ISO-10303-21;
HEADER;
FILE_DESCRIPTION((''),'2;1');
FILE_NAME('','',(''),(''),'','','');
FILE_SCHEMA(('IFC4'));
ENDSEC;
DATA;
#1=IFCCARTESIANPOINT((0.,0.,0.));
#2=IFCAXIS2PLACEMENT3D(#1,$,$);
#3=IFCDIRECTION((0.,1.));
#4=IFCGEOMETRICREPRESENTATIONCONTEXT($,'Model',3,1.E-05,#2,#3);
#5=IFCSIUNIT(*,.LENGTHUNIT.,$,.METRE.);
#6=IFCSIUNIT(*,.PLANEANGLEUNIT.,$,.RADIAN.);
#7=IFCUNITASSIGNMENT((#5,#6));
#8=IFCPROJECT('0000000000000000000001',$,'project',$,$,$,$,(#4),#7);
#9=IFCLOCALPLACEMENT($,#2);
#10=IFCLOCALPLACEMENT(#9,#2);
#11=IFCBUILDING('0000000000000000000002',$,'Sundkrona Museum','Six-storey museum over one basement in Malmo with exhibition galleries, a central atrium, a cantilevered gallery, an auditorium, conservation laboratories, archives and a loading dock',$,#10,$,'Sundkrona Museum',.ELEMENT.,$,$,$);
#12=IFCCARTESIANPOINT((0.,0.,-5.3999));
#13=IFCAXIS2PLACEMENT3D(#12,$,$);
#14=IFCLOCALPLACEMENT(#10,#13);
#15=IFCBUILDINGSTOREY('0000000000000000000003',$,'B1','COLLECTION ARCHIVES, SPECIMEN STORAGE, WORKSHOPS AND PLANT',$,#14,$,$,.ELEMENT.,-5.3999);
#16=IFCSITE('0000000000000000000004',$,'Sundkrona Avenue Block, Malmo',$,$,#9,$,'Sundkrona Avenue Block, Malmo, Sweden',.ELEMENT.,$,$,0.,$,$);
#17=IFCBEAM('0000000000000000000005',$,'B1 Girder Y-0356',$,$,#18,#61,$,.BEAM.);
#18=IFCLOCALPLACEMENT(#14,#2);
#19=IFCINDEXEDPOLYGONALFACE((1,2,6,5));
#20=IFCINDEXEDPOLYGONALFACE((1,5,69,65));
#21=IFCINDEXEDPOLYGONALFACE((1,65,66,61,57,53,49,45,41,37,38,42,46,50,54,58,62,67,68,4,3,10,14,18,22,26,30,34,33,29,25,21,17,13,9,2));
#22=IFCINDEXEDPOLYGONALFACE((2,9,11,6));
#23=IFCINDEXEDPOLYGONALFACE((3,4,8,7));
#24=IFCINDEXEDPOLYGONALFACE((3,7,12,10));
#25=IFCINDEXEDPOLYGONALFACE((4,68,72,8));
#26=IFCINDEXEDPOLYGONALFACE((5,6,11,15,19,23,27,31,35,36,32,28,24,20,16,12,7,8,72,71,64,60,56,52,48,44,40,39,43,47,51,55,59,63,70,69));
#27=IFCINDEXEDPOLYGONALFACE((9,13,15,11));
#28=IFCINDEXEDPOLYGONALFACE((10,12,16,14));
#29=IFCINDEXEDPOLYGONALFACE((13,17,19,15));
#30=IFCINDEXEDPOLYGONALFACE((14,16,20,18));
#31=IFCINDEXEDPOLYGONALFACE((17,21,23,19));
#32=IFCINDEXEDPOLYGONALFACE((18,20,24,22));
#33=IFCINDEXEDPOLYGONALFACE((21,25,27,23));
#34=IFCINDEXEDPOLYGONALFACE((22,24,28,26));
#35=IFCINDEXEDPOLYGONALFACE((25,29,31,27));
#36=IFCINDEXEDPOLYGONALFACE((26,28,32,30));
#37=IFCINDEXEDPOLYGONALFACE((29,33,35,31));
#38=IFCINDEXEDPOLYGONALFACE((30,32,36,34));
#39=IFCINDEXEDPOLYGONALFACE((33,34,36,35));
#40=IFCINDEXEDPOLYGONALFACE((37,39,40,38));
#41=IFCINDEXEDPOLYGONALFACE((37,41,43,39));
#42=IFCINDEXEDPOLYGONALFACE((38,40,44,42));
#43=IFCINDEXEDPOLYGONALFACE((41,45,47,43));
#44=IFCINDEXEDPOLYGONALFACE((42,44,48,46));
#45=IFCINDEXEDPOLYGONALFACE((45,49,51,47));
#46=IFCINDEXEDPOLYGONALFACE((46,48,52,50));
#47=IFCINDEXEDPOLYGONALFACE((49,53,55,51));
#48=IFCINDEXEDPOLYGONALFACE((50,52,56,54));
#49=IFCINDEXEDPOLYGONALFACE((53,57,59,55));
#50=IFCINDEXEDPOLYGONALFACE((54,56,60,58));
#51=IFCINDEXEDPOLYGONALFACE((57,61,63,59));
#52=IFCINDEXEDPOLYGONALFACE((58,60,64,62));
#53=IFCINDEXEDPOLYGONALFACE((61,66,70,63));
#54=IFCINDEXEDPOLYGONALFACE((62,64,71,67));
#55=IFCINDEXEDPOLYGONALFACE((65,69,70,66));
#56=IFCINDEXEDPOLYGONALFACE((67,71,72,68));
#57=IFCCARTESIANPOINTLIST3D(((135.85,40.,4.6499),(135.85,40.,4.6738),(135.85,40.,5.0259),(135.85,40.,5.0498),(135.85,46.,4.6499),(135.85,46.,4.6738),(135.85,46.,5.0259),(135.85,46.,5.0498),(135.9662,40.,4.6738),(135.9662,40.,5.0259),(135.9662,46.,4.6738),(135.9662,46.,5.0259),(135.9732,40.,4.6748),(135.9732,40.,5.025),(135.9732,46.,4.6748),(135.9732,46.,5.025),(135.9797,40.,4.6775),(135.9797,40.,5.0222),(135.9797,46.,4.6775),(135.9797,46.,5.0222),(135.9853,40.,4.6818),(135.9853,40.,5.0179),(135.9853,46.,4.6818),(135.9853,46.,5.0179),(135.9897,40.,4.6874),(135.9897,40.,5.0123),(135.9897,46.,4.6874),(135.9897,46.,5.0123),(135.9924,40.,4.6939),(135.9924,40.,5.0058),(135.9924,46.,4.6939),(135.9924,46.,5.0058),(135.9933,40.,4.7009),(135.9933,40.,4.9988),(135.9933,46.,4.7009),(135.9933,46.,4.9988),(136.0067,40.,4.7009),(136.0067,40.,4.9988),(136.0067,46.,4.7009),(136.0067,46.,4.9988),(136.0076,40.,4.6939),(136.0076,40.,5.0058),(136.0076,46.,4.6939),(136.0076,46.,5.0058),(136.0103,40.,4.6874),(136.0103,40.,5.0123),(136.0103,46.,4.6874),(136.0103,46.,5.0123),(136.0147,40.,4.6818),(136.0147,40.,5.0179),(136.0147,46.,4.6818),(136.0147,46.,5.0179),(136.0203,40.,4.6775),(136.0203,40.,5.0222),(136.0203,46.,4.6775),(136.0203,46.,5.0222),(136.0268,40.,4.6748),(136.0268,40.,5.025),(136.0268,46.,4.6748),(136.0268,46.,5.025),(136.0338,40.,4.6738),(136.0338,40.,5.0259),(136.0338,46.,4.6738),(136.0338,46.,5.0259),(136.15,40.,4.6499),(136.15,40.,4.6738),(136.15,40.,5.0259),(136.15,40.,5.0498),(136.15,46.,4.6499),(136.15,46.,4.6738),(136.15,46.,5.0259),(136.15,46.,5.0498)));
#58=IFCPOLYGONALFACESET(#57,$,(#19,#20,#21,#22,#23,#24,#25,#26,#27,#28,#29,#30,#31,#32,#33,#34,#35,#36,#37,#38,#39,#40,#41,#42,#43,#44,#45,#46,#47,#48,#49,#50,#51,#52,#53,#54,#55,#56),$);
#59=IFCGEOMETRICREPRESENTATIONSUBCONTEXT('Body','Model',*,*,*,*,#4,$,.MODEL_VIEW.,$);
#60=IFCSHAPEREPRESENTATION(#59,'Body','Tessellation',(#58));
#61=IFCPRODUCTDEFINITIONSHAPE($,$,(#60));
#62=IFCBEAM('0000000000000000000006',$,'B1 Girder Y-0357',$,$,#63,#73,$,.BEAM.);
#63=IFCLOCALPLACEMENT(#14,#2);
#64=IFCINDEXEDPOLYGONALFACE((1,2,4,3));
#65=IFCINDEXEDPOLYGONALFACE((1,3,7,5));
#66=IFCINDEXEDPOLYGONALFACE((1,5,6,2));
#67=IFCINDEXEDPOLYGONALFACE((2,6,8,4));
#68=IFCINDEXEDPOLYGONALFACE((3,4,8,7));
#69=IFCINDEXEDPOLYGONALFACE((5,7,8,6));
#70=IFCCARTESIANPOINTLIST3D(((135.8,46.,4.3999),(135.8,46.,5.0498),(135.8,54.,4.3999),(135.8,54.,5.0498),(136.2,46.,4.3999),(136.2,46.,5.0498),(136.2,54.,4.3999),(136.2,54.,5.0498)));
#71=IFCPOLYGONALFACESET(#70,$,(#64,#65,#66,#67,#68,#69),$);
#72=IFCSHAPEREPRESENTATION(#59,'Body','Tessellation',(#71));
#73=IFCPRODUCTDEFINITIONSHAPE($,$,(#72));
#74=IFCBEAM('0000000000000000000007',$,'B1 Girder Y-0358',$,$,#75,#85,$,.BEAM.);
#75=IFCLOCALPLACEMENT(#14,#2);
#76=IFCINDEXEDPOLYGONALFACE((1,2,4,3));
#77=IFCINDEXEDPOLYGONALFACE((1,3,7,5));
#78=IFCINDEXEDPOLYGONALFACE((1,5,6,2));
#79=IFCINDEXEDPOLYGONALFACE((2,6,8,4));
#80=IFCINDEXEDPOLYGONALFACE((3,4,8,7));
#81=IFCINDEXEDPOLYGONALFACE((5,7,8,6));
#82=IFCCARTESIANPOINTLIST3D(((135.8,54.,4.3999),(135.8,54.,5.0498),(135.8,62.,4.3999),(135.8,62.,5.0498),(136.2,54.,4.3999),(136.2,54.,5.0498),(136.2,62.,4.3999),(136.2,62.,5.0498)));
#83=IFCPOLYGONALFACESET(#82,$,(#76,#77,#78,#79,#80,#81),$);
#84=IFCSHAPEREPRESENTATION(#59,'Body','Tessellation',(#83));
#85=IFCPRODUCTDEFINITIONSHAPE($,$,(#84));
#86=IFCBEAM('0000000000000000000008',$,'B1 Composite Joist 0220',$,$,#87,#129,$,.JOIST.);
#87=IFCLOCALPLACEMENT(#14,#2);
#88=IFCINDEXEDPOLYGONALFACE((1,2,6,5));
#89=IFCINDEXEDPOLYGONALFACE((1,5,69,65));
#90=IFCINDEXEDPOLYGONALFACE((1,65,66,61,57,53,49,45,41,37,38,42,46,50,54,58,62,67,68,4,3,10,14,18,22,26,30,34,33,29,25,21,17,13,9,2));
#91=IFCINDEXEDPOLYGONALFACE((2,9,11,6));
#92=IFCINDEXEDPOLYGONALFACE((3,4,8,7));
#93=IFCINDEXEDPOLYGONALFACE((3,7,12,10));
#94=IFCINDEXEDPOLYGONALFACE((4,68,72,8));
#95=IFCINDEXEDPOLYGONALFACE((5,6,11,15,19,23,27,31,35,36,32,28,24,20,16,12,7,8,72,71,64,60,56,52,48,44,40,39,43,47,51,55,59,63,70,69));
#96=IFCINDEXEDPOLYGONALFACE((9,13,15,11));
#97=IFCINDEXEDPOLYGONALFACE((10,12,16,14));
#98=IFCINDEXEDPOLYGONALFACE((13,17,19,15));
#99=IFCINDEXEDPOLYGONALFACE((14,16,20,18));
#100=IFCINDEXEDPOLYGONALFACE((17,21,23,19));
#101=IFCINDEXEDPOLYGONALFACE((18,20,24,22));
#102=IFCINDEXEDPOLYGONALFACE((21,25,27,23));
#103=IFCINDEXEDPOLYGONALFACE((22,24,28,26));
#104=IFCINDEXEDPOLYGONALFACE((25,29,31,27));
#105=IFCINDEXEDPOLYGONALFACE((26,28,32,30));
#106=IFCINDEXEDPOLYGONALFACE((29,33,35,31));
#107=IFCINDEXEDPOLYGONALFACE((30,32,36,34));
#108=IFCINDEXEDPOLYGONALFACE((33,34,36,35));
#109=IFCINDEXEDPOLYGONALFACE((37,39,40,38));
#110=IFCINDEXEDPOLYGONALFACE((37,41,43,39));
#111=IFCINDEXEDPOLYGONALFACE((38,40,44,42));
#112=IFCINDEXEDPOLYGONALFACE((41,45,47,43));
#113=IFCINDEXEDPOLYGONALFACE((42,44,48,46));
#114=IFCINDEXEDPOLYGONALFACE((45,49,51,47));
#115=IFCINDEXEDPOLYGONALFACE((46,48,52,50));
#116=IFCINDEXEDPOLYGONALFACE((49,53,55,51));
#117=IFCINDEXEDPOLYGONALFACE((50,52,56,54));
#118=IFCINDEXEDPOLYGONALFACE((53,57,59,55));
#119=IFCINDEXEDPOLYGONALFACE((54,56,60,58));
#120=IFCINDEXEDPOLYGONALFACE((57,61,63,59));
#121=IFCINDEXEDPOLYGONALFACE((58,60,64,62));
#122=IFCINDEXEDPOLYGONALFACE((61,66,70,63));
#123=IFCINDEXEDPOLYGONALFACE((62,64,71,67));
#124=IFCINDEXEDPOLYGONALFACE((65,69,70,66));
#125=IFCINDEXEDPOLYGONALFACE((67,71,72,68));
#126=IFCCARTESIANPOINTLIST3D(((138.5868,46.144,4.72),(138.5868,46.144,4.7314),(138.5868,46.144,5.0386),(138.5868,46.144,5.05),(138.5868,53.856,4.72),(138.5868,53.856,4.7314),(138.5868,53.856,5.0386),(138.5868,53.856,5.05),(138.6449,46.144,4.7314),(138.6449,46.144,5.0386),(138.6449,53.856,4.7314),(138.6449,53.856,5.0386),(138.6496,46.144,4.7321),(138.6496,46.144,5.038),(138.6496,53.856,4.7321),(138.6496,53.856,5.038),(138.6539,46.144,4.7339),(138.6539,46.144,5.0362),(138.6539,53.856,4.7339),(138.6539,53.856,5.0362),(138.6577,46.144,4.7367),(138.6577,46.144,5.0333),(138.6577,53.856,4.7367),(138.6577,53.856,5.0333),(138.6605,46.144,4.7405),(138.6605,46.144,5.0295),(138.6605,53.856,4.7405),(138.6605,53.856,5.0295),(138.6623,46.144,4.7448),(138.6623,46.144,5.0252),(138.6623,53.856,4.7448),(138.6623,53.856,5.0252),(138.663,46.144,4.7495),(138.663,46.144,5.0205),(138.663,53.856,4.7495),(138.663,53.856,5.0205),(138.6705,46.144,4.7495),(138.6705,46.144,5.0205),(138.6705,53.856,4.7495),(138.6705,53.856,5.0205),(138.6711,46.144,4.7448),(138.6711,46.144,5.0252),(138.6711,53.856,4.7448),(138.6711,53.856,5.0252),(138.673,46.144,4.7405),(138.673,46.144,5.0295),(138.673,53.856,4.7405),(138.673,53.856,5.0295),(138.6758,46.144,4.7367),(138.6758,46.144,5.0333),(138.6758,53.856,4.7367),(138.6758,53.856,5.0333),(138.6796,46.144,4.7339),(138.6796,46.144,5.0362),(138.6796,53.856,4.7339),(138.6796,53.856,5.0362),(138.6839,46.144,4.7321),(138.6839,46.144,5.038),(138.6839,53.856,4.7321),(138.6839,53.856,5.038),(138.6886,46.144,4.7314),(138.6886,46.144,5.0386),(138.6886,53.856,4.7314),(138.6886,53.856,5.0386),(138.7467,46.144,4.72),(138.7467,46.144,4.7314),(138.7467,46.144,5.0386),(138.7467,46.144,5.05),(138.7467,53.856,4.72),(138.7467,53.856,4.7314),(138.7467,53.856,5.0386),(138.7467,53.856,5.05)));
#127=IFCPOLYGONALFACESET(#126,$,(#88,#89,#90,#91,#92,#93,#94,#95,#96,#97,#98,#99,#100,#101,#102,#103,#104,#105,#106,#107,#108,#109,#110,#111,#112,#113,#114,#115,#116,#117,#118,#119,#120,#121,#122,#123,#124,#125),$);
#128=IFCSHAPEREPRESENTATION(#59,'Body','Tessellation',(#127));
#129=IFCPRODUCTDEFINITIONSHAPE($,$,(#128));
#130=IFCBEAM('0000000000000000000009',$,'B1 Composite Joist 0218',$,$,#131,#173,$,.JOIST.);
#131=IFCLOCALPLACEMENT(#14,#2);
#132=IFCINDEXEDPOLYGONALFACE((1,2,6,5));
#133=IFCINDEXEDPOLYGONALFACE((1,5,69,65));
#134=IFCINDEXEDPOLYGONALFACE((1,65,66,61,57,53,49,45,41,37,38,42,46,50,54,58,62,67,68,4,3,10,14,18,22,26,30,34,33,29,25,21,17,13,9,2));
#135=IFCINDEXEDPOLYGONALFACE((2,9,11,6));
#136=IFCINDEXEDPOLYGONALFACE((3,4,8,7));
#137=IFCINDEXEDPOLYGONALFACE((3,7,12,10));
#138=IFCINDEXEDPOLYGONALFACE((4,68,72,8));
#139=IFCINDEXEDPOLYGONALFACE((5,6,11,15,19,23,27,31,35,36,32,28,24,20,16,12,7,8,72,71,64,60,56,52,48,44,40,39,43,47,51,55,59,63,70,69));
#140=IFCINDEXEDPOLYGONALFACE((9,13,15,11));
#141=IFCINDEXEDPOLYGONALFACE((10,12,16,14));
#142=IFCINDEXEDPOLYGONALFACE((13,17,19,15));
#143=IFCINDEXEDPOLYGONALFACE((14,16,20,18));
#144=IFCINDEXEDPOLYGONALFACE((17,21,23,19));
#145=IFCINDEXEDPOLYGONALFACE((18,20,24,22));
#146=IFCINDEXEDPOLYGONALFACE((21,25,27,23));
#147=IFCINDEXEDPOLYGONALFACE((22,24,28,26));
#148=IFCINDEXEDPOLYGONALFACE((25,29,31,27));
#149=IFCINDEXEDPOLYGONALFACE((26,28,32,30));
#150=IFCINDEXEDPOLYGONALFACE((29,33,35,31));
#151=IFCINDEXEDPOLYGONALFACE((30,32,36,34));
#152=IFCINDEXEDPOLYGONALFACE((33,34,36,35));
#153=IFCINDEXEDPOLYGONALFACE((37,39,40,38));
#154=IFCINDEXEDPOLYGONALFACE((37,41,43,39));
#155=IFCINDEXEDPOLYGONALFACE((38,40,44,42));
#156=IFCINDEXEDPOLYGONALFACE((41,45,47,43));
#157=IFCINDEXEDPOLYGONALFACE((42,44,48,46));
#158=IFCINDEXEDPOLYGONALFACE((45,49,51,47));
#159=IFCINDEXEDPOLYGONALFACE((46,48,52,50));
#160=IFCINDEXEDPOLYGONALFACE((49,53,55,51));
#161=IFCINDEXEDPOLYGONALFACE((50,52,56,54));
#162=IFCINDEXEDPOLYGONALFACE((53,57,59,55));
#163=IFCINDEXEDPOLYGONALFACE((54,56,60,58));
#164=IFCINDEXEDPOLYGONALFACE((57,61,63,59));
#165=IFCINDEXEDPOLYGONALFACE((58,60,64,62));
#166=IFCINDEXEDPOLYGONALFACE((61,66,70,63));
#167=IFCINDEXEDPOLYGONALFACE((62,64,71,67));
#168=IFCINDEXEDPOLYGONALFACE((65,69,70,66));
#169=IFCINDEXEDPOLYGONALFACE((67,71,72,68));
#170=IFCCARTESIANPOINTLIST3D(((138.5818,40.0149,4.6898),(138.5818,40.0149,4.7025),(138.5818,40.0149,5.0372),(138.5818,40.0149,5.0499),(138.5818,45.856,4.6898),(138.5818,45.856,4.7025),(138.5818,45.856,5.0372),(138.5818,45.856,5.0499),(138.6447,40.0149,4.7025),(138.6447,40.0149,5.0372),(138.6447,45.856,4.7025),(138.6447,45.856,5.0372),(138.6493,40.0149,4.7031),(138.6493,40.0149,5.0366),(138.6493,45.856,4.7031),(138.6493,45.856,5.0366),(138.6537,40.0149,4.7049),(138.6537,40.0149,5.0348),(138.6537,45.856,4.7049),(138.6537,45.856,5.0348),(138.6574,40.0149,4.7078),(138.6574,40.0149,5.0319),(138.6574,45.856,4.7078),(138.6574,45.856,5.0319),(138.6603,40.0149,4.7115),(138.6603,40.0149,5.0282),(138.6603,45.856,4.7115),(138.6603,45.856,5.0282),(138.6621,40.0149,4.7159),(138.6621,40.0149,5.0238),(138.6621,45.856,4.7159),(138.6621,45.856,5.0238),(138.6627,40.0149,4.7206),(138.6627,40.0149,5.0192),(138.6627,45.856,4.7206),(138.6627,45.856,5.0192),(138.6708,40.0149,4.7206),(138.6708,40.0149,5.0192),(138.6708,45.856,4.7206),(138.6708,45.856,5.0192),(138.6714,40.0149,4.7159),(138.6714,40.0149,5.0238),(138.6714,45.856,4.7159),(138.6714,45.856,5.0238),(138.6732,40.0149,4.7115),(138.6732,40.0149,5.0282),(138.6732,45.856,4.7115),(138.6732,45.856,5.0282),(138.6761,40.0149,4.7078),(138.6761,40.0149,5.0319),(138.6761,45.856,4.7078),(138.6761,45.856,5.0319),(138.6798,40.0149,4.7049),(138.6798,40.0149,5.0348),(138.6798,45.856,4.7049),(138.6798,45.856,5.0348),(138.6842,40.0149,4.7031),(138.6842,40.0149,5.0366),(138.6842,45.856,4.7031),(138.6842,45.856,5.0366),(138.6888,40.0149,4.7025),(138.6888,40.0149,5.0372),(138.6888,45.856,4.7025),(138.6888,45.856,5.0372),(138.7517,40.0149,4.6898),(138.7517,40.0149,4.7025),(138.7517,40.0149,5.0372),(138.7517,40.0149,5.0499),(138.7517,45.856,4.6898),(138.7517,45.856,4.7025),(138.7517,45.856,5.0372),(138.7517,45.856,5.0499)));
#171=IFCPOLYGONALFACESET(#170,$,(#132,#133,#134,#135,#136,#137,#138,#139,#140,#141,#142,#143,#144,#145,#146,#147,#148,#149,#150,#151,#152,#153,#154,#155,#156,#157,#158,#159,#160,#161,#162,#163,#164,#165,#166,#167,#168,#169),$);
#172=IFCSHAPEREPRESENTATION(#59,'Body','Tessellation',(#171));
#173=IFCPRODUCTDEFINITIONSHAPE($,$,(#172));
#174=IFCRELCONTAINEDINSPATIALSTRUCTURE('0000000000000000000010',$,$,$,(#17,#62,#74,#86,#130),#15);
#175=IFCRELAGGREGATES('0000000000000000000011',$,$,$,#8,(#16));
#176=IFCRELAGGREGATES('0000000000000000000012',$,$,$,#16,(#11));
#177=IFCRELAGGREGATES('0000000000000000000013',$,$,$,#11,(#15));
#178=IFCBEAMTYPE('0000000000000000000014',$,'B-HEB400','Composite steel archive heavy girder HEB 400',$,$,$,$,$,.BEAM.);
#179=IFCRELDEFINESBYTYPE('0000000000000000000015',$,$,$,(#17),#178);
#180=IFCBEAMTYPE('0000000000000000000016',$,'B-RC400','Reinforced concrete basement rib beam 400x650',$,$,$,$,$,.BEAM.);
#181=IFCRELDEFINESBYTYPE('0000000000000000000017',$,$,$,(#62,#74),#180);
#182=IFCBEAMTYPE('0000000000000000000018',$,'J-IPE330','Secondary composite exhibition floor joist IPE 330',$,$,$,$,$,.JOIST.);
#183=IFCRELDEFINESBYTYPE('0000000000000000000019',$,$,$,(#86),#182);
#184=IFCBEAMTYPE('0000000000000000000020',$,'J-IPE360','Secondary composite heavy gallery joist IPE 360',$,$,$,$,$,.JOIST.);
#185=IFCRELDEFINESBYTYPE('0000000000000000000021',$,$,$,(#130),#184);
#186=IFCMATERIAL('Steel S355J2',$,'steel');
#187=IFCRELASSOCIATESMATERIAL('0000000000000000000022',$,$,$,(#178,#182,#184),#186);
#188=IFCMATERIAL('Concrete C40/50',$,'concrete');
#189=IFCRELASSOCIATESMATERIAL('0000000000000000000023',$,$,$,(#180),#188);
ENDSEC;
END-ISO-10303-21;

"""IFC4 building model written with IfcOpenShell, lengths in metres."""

from ifc_helpers import new_model, si_unit, direction, frame, origin, origin_2d, place, context, subcontext, project, spatial, rectangle, i_section, extrude, material, material_profile, profile_set, type_object, element, save


model = new_model("IFC4")

# Units and contexts
model_context = context("Model", 3, precision=1e-05, world=origin(), true_north=direction((0.0, 1.0)))
body_context = subcontext(model_context, "Body", "Model", "MODEL_VIEW")
ifc_project = project(units=[si_unit("LENGTHUNIT", "METRE"), si_unit("PLANEANGLEUNIT", "RADIAN")], contexts=[model_context])

# Site, building, storey
site_placement = place(None, origin())
site = spatial("IfcSite", under=ifc_project, at=site_placement, Name="Sundkrona Avenue Block, Malmo", LongName="Sundkrona Avenue Block, Malmo, Sweden", CompositionType="ELEMENT", RefElevation=0.0)
building_placement = place(site_placement, origin())
building = spatial("IfcBuilding", under=site, at=building_placement, Name="Sundkrona Museum", Description="Six-storey museum over one basement in Malmo with exhibition galleries, a central atrium, a cantilevered gallery, an auditorium, conservation laboratories, archives and a loading dock", LongName="Sundkrona Museum", CompositionType="ELEMENT")
storey_placement = place(building_placement, frame((0.0, 0.0, -5.3999)))
storey = spatial("IfcBuildingStorey", under=building, at=storey_placement, Name="B1", Description="COLLECTION ARCHIVES, SPECIMEN STORAGE, WORKSHOPS AND PLANT", CompositionType="ELEMENT", Elevation=-5.3999)

# Shared definitions
ifc_material_1 = material(Name="Concrete C40/50", Category="concrete")

# Beams
ifc_material_2 = material(Name="Steel S355J2", Category="steel")
ifc_material_profile_1 = material_profile(ifc_material_2, i_section(OverallWidth=0.3, OverallDepth=0.3999, WebThickness=0.0134, FlangeThickness=0.0239, FilletRadius=0.0271, at=origin_2d()), Name="HEB 400")
ifc_profile_set_1 = profile_set([ifc_material_profile_1], Name="Steel S355J2")
beam_type_1 = type_object("IfcBeamType", Name="B-HEB400", Description="Composite steel archive heavy girder HEB 400", PredefinedType="BEAM", material=ifc_profile_set_1)
beam_1_placement = place(storey_placement, frame((136.0, 40.0, 4.8499), z_axis=(0.0, 1.0, 0.0), x_axis=(-1.0, 0.0, 0.0)))
element("IfcBeam", 1, at=beam_1_placement, inside=storey, type_object=beam_type_1, Name="B1 Girder Y-0356", PredefinedType="BEAM", context=body_context, shape_type="SweptSolid", body=[
    extrude(i_section(OverallWidth=0.3, OverallDepth=0.3999, WebThickness=0.0134, FlangeThickness=0.0239, FilletRadius=0.0271, at=origin_2d()), origin(), (0.0, 0.0, 1.0), 6.0),
])
ifc_material_profile_2 = material_profile(ifc_material_1, rectangle(XDim=0.3999, YDim=0.6499, at=origin_2d()), Name="RCB 400x650")
ifc_profile_set_2 = profile_set([ifc_material_profile_2], Name="Concrete C40/50")
beam_type_2 = type_object("IfcBeamType", Name="B-RC400", Description="Reinforced concrete basement rib beam 400x650", PredefinedType="BEAM", material=ifc_profile_set_2)
for number, where, z_axis, x_axis, name in (
    (2, (136.0, 46.0, 4.7249), (0.0, 1.0, 0.0), (-1.0, 0.0, 0.0), "B1 Girder Y-0357"),
    (3, (136.0, 54.0, 4.7249), (0.0, 1.0, 0.0), (-1.0, 0.0, 0.0), "B1 Girder Y-0358"),
):
    element("IfcBeam", number, at=place(storey_placement, frame(where, z_axis=z_axis, x_axis=x_axis)), inside=storey, type_object=beam_type_2, Name=name, PredefinedType="BEAM", context=body_context, shape_type="SweptSolid", body=[
        extrude(rectangle(XDim=0.3999, YDim=0.6499, at=origin_2d()), origin(), (0.0, 0.0, 1.0), 8.0),
    ])
ifc_material_profile_3 = material_profile(ifc_material_2, i_section(OverallWidth=0.1599, OverallDepth=0.3301, WebThickness=0.0076, FlangeThickness=0.0115, FilletRadius=0.0181, at=origin_2d()), Name="IPE 330")
ifc_profile_set_3 = profile_set([ifc_material_profile_3], Name="Steel S355J2")
beam_type_3 = type_object("IfcBeamType", Name="J-IPE330", Description="Secondary composite exhibition floor joist IPE 330", PredefinedType="JOIST", material=ifc_profile_set_3)
beam_2_placement = place(storey_placement, frame((138.6667, 46.144, 4.885), z_axis=(0.0, 1.0, 0.0), x_axis=(-1.0, 0.0, 0.0)))
element("IfcBeam", 4, at=beam_2_placement, inside=storey, type_object=beam_type_3, Name="B1 Composite Joist 0220", PredefinedType="JOIST", context=body_context, shape_type="SweptSolid", body=[
    extrude(i_section(OverallWidth=0.1599, OverallDepth=0.3301, WebThickness=0.0076, FlangeThickness=0.0115, FilletRadius=0.0181, at=origin_2d()), origin(), (0.0, 0.0, 1.0), 7.7119),
])
ifc_material_profile_4 = material_profile(ifc_material_2, i_section(OverallWidth=0.1699, OverallDepth=0.3601, WebThickness=0.0081, FlangeThickness=0.0127, FilletRadius=0.0181, at=origin_2d()), Name="IPE 360")
ifc_profile_set_4 = profile_set([ifc_material_profile_4], Name="Steel S355J2")
beam_type_4 = type_object("IfcBeamType", Name="J-IPE360", Description="Secondary composite heavy gallery joist IPE 360", PredefinedType="JOIST", material=ifc_profile_set_4)
for number, where, z_axis, x_axis, name in (
    (5, (138.6667, 40.0149, 4.8699), (0.0, 1.0, 0.0), (-1.0, 0.0, 0.0), "B1 Composite Joist 0218"),
):
    element("IfcBeam", number, at=place(storey_placement, frame(where, z_axis=z_axis, x_axis=x_axis)), inside=storey, type_object=beam_type_4, Name=name, PredefinedType="JOIST", context=body_context, shape_type="SweptSolid", body=[
        extrude(i_section(OverallWidth=0.1699, OverallDepth=0.3601, WebThickness=0.0081, FlangeThickness=0.0127, FilletRadius=0.0181, at=origin_2d()), origin(), (0.0, 0.0, 1.0), 5.8411),
    ])

save(model, "model.ifc")
